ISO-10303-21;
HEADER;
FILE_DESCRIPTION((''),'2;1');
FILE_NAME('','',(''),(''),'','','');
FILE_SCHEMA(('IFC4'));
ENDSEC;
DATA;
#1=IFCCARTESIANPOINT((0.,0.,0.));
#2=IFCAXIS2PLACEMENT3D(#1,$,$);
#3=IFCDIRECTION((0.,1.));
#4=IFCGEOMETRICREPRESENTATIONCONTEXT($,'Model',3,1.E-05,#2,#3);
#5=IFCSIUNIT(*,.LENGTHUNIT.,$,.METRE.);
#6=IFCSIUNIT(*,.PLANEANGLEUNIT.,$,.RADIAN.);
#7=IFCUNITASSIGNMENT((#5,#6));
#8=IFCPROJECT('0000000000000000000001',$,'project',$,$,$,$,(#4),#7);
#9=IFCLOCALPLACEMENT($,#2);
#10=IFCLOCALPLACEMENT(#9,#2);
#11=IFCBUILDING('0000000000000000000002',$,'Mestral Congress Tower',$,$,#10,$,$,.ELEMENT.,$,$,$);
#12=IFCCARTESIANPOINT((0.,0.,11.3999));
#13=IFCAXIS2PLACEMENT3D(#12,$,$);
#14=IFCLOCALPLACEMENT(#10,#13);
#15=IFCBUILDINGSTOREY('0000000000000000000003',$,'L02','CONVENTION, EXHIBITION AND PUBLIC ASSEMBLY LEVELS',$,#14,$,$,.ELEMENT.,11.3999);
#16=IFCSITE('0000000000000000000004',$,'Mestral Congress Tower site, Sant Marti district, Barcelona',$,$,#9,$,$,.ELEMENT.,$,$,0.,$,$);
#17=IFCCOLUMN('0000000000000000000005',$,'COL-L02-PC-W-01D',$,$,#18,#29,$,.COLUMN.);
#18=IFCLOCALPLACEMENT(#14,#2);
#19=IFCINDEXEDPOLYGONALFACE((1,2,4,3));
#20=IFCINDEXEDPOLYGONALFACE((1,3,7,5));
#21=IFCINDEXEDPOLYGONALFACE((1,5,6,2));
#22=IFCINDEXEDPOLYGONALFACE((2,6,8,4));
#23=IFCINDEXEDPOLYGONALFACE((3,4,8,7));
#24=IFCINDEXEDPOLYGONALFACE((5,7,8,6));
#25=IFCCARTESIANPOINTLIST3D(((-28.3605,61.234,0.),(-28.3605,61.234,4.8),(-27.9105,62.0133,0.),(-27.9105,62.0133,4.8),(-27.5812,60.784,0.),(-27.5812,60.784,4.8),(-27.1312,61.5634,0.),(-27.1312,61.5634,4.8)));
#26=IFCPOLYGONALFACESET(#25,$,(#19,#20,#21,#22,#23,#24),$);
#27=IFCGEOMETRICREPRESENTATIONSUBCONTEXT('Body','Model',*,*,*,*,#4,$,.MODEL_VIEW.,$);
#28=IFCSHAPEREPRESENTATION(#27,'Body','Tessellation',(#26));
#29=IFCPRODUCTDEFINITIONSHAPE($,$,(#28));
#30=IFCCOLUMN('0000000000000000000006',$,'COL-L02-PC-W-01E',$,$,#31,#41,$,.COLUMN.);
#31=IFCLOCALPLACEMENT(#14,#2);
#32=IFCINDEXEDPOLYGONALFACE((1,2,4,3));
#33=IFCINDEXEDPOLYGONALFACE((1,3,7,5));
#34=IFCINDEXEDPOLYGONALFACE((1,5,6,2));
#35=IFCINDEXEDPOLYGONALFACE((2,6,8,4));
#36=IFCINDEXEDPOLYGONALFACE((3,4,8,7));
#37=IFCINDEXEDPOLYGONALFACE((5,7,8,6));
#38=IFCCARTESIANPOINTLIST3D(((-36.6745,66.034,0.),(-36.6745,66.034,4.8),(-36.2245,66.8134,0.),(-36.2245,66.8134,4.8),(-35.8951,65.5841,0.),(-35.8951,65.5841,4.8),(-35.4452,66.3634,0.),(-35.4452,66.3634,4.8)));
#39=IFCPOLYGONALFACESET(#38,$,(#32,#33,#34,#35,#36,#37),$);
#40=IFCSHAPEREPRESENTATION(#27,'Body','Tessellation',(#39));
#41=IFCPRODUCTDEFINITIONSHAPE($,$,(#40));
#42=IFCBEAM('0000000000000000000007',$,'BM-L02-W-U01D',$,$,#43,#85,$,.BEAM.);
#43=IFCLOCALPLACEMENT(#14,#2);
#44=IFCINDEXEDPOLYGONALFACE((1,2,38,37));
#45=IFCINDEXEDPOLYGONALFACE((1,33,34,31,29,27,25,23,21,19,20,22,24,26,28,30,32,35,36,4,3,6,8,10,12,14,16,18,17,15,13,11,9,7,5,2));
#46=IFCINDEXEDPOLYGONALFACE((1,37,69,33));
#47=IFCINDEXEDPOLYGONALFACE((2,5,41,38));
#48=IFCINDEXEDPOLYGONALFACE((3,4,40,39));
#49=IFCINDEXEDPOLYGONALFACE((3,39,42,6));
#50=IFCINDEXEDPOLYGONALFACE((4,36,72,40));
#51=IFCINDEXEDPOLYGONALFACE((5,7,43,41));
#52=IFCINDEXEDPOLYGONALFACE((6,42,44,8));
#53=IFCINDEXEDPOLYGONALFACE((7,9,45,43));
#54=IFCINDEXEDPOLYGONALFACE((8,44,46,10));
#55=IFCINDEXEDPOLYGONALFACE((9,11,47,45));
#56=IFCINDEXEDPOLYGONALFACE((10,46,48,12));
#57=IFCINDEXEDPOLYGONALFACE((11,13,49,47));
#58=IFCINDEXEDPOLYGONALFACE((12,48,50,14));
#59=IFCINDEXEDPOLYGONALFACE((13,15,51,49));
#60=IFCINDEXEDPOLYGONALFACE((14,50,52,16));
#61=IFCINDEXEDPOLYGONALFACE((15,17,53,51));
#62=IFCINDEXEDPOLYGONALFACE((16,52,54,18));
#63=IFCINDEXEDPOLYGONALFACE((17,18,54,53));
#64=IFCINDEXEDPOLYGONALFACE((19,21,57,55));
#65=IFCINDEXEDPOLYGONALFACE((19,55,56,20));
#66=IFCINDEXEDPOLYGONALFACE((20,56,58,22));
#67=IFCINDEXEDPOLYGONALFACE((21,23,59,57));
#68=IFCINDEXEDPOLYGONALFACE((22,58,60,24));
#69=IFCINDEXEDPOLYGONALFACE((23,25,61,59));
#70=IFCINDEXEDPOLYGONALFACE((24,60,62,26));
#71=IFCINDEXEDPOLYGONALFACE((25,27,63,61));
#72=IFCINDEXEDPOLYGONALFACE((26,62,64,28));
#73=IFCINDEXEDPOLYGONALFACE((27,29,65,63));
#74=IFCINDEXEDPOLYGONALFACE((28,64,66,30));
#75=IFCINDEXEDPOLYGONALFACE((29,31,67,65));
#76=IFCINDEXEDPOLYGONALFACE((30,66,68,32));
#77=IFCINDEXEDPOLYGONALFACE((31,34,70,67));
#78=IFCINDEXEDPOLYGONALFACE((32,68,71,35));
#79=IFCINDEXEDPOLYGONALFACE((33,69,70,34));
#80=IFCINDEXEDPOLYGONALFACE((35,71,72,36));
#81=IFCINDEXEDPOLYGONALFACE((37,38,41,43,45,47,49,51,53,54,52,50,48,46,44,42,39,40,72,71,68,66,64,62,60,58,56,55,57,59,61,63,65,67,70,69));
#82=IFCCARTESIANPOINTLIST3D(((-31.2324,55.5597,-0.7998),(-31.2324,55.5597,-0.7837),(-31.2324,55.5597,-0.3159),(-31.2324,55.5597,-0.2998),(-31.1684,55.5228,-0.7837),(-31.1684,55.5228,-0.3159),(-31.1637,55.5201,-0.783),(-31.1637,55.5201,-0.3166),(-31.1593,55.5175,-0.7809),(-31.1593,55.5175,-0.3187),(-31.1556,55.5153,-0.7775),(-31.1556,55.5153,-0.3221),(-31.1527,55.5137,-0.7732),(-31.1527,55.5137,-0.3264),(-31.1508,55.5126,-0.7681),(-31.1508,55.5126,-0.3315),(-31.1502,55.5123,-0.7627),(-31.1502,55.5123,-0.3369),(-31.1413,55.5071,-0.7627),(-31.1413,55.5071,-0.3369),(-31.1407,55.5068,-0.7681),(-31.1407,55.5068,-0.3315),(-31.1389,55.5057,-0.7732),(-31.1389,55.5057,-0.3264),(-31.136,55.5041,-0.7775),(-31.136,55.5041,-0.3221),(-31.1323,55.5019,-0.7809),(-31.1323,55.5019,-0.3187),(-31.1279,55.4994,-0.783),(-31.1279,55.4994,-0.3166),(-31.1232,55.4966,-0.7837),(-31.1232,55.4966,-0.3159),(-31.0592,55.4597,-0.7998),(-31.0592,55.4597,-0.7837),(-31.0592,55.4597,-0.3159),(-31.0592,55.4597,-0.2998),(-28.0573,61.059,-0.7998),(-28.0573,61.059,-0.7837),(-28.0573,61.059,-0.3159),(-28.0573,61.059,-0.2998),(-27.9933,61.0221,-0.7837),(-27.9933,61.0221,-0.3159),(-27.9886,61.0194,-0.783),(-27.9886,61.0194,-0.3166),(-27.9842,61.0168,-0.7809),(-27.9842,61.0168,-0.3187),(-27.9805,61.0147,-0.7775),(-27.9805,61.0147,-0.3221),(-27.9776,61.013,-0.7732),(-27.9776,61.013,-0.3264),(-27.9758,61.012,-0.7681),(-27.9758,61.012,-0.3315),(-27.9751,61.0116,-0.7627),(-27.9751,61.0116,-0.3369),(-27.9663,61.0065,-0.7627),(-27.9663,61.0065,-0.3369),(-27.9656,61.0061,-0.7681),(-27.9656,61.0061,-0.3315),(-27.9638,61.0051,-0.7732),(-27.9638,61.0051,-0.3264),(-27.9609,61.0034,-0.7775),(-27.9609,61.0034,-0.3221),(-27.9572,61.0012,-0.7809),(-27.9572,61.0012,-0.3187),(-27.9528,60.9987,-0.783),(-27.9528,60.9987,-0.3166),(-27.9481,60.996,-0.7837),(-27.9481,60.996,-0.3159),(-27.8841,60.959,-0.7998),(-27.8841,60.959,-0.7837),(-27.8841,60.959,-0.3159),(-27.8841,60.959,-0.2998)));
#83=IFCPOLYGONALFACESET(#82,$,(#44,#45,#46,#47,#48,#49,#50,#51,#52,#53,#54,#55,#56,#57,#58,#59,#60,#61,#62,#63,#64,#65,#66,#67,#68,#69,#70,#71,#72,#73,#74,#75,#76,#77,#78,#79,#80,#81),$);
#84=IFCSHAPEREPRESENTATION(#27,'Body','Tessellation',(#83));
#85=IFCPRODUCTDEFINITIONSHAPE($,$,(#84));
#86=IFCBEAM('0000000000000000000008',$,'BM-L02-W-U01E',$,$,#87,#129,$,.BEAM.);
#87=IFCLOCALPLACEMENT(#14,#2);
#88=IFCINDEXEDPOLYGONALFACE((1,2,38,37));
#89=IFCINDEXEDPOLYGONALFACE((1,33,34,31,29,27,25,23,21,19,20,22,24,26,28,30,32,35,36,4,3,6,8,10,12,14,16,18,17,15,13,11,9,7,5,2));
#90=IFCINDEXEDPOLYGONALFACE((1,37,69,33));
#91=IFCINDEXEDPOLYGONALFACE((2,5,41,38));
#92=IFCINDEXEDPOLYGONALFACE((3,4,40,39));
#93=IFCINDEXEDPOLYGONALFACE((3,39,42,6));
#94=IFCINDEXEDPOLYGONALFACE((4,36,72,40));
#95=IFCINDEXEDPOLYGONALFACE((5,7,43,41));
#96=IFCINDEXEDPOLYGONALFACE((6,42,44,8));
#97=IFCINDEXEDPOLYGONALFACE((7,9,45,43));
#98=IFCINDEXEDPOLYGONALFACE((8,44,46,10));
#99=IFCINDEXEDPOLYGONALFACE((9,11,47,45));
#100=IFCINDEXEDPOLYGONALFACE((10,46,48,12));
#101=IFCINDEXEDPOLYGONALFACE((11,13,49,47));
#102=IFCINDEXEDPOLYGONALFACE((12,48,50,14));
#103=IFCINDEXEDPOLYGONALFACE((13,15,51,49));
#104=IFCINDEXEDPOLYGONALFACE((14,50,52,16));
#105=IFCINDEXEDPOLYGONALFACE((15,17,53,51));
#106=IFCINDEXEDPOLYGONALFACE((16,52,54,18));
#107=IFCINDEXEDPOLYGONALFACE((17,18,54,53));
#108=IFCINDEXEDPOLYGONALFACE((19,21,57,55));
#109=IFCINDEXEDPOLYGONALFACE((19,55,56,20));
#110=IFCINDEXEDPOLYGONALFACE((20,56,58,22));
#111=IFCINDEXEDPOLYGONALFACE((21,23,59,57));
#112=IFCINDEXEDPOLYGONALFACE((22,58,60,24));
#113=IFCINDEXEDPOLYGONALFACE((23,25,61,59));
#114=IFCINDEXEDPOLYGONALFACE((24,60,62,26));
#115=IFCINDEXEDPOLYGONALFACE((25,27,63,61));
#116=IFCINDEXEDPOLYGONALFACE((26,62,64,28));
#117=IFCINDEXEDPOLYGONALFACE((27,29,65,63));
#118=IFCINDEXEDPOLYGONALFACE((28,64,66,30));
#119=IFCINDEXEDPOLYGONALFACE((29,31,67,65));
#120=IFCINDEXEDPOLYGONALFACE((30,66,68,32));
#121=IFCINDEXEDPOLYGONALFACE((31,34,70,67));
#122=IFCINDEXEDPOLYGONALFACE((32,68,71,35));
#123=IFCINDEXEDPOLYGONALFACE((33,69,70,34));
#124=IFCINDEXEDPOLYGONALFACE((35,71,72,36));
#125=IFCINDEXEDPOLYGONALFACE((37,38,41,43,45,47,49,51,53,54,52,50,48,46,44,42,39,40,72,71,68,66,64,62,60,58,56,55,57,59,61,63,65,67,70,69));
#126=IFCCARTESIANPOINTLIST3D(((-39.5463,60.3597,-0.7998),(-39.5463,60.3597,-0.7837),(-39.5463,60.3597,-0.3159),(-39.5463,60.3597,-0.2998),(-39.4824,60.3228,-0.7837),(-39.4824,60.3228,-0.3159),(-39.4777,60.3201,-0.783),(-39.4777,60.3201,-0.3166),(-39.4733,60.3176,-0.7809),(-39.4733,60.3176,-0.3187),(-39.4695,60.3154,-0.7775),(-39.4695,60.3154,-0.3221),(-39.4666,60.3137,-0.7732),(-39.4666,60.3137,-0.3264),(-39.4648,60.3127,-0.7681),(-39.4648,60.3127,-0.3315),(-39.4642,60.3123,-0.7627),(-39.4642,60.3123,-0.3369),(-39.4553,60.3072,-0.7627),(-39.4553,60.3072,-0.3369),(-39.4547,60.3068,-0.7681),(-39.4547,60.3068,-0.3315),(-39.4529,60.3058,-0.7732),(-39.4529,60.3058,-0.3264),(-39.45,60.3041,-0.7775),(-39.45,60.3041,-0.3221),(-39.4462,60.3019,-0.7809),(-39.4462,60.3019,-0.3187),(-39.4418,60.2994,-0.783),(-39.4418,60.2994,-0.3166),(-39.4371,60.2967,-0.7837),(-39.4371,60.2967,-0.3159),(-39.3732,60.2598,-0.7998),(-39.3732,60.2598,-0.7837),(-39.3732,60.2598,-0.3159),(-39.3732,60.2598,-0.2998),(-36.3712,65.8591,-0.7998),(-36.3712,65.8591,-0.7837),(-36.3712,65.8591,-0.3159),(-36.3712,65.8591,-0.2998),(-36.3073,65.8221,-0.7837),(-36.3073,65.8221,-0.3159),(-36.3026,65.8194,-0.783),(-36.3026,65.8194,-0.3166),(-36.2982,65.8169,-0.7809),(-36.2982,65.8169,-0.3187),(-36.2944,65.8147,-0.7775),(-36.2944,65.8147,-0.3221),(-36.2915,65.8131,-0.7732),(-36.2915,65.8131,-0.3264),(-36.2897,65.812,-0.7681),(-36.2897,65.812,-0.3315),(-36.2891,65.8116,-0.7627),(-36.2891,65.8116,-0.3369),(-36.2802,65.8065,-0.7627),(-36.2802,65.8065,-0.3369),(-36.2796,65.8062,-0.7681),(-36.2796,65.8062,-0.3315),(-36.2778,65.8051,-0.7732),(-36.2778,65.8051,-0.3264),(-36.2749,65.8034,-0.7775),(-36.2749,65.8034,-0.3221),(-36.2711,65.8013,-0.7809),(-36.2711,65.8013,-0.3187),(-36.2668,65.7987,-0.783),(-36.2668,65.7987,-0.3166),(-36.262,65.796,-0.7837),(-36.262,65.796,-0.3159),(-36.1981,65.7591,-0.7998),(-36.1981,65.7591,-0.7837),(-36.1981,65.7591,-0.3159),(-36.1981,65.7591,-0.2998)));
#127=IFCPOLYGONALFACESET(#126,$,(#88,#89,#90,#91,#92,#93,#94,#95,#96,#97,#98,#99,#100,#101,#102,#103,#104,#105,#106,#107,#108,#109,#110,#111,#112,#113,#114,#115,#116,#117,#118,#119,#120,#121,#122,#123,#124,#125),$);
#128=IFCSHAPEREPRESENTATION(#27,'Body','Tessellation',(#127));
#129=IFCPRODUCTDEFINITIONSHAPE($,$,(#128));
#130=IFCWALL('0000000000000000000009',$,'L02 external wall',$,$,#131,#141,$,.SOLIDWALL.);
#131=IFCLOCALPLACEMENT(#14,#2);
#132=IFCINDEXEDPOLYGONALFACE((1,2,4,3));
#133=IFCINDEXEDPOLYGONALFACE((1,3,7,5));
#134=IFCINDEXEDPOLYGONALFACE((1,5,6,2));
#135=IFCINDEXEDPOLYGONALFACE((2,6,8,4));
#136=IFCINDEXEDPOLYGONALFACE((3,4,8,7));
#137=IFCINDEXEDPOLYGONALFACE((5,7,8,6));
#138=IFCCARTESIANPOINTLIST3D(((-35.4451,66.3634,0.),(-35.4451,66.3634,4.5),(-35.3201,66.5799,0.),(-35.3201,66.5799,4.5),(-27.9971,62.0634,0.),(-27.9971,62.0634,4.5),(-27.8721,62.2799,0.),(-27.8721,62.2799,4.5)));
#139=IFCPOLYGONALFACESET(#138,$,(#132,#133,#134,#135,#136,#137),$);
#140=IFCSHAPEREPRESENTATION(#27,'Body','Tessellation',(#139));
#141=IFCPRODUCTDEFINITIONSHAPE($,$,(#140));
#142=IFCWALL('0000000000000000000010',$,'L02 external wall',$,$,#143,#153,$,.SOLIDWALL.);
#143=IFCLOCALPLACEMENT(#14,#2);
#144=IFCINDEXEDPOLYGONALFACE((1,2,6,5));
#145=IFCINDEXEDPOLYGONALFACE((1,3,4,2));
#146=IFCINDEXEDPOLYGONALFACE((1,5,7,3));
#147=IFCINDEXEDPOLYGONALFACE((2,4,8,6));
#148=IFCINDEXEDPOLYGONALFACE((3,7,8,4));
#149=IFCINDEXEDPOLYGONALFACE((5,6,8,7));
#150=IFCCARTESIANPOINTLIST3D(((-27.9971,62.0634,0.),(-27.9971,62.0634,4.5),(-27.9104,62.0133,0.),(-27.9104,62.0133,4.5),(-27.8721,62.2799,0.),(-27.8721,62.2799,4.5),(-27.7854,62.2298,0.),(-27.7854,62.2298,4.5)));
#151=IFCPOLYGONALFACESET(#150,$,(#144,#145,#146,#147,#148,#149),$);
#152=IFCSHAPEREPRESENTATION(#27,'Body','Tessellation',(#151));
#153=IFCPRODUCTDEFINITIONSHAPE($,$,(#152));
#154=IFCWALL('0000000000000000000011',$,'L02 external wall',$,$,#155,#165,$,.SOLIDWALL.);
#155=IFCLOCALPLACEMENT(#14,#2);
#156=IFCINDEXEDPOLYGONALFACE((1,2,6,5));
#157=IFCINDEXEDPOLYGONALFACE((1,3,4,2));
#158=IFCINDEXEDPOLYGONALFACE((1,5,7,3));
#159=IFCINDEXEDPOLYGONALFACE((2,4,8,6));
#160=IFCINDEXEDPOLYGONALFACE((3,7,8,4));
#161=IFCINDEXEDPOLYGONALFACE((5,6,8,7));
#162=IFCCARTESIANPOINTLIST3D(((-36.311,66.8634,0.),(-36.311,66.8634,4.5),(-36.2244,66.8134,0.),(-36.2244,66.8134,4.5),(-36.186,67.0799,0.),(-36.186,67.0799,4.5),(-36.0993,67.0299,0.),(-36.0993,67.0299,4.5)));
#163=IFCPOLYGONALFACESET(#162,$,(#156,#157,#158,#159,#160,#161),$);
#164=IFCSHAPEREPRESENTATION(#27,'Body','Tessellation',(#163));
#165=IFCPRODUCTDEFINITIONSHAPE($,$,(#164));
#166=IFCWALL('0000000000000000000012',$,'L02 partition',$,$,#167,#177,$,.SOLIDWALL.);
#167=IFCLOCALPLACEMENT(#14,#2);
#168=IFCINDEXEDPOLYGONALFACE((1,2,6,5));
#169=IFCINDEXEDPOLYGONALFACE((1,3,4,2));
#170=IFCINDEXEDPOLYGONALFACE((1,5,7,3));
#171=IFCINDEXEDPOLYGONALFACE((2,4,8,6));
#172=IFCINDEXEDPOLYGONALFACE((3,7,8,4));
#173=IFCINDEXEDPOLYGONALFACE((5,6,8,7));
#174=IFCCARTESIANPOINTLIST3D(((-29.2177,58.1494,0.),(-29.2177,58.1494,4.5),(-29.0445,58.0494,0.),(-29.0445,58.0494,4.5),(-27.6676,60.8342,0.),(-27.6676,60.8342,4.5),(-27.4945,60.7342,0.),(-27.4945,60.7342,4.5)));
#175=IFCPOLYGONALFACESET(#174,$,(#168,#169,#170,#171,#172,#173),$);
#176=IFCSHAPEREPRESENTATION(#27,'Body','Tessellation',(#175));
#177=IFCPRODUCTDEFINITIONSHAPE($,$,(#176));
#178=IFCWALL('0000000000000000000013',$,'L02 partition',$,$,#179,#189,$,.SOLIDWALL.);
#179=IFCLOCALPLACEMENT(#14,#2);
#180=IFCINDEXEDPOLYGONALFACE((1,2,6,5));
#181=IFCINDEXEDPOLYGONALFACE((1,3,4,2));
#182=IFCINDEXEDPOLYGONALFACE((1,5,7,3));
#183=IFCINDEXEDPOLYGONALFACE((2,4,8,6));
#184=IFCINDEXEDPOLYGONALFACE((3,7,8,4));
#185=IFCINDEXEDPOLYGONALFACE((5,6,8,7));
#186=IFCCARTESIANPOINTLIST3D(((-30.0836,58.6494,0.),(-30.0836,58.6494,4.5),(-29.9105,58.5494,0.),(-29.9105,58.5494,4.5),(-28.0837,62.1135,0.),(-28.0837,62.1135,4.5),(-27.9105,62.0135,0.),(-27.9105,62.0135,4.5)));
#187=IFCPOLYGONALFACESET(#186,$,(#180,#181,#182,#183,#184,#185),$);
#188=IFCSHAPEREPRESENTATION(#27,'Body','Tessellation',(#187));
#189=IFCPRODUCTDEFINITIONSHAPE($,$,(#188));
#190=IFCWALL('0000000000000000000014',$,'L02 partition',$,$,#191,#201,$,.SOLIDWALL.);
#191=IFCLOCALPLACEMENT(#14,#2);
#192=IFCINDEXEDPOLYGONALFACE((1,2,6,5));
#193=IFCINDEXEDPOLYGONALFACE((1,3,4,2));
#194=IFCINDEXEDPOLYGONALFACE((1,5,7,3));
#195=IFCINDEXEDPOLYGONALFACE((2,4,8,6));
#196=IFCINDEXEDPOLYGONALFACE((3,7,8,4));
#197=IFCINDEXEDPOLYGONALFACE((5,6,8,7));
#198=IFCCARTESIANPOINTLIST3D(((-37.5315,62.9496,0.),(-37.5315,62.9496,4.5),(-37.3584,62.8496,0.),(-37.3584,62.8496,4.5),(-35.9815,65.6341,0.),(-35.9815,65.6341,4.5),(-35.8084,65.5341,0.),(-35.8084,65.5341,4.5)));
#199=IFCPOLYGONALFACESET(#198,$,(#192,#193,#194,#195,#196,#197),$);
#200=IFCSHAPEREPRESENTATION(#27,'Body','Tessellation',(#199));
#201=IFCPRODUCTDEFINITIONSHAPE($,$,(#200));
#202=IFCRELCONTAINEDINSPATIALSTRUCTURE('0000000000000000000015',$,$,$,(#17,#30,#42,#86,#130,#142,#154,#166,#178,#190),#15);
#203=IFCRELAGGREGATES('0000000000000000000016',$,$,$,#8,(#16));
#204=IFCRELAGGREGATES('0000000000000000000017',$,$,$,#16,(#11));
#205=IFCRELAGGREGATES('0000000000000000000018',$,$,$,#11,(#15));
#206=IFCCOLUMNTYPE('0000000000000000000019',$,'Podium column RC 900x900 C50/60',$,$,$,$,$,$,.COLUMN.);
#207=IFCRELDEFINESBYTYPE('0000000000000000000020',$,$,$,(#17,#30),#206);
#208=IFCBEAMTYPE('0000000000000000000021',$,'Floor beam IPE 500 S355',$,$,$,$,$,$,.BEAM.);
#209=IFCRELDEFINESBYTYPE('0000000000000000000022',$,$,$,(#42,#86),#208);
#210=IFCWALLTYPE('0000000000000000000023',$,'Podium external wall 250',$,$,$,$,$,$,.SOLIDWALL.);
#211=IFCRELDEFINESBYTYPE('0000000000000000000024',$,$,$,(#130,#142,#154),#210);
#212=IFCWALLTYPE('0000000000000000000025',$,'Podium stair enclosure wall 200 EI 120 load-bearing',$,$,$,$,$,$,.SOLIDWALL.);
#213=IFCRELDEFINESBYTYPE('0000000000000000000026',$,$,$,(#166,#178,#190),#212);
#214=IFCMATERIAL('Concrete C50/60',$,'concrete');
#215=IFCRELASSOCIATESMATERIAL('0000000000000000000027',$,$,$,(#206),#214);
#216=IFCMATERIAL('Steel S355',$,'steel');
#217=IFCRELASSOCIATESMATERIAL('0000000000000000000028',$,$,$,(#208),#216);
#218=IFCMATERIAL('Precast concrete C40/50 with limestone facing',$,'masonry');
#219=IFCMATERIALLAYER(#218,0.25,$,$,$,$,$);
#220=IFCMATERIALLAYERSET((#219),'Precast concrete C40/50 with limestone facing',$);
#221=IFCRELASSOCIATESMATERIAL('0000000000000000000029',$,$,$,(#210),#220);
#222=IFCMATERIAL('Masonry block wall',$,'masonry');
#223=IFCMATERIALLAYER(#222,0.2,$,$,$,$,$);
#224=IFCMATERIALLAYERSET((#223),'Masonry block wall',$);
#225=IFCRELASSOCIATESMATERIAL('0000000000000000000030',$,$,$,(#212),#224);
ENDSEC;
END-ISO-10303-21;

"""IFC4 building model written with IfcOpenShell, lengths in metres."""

from ifc_helpers import new_model, si_unit, direction, frame, frame_2d, origin, origin_2d, place, context, subcontext, project, spatial, rectangle, i_section, extrude, material, layer, layer_set, material_profile, profile_set, type_object, element, save


model = new_model("IFC4")

# Units and contexts
model_context = context("Model", 3, precision=1e-05, world=origin(), true_north=direction((0.0, 1.0)))
body_context = subcontext(model_context, "Body", "Model", "MODEL_VIEW")
ifc_project = project(units=[si_unit("LENGTHUNIT", "METRE"), si_unit("PLANEANGLEUNIT", "RADIAN")], contexts=[model_context])

# Site, building, storey
site_placement = place(None, origin())
site = spatial("IfcSite", under=ifc_project, at=site_placement, Name="Mestral Congress Tower site, Sant Marti district, Barcelona", CompositionType="ELEMENT", RefElevation=0.0)
building_placement = place(site_placement, origin())
building = spatial("IfcBuilding", under=site, at=building_placement, Name="Mestral Congress Tower", CompositionType="ELEMENT")
storey_placement = place(building_placement, frame((0.0, 0.0, 11.3999)))
storey = spatial("IfcBuildingStorey", under=building, at=storey_placement, Name="L02", Description="CONVENTION, EXHIBITION AND PUBLIC ASSEMBLY LEVELS", CompositionType="ELEMENT", Elevation=11.3999)

# Columns
ifc_material_1 = material(Name="Concrete C50/60", Category="concrete")
ifc_material_profile_1 = material_profile(ifc_material_1, rectangle(XDim=0.8999, YDim=0.8999, at=origin_2d()), Name="RC 900x900")
ifc_profile_set_1 = profile_set([ifc_material_profile_1], Name="Concrete C50/60")
column_type = type_object("IfcColumnType", Name="Podium column RC 900x900 C50/60", PredefinedType="COLUMN", material=ifc_profile_set_1)
for number, where, z_axis, x_axis, name in (
    (1, (-27.7458, 61.3987, 0.0), (0.0, 0.0, 1.0), (-0.5, -0.866025, 0.0), "COL-L02-PC-W-01D"),
    (2, (-36.0598, 66.1987, 0.0), (0.0, 0.0, 1.0), (-0.5, -0.866025, 0.0), "COL-L02-PC-W-01E"),
):
    element("IfcColumn", number, at=place(storey_placement, frame(where, z_axis=z_axis, x_axis=x_axis)), inside=storey, type_object=column_type, Name=name, PredefinedType="COLUMN", context=body_context, shape_type="SweptSolid", body=[
        extrude(rectangle(XDim=0.8999, YDim=0.8999, at=origin_2d()), origin(), (0.0, 0.0, 1.0), 4.8),
    ])

# Beams
ifc_material_2 = material(Name="Steel S355", Category="steel")
ifc_material_profile_2 = material_profile(ifc_material_2, i_section(OverallWidth=0.2, OverallDepth=0.5, WebThickness=0.0103, FlangeThickness=0.0161, FilletRadius=0.021, at=origin_2d()), Name="IPE 500")
ifc_profile_set_2 = profile_set([ifc_material_profile_2], Name="Steel S355")
beam_type = type_object("IfcBeamType", Name="Floor beam IPE 500 S355", PredefinedType="BEAM", material=ifc_profile_set_2)
for number, where, z_axis, x_axis, name in (
    (3, (-27.9707, 61.009, -0.5498), (-0.500005, -0.866022, 0.0), (0.866022, -0.500005, 0.0), "BM-L02-W-U01D"),
    (4, (-36.2847, 65.8091, -0.5498), (-0.500005, -0.866022, 0.0), (0.866022, -0.500005, 0.0), "BM-L02-W-U01E"),
):
    element("IfcBeam", number, at=place(storey_placement, frame(where, z_axis=z_axis, x_axis=x_axis)), inside=storey, type_object=beam_type, Name=name, PredefinedType="BEAM", context=body_context, shape_type="SweptSolid", body=[
        extrude(i_section(OverallWidth=0.2, OverallDepth=0.5, WebThickness=0.0103, FlangeThickness=0.0161, FilletRadius=0.021, at=origin_2d()), origin(), (0.0, 0.0, 1.0), 6.3501),
    ])

# Walls
ifc_material_3 = material(Name="Precast concrete C40/50 with limestone facing", Category="masonry")
ifc_layer_1 = layer(ifc_material_3, 0.25)
ifc_layer_set_1 = layer_set([ifc_layer_1], Name="Precast concrete C40/50 with limestone facing")
wall_type_1 = type_object("IfcWallType", Name="Podium external wall 250", PredefinedType="SOLIDWALL", material=ifc_layer_set_1)
wall_1_placement = place(storey_placement, frame((-35.3826, 66.4717, 0.0), z_axis=(0.0, 0.0, 1.0), x_axis=(0.866028, -0.499995, 0.0)))
element("IfcWall", 5, at=wall_1_placement, inside=storey, type_object=wall_type_1, Name="L02 external wall", PredefinedType="SOLIDWALL", context=body_context, shape_type="SweptSolid", body=[
    extrude(rectangle(XDim=8.6001, YDim=0.25, at=frame_2d((4.3, 0.0))), origin(), (0.0, 0.0, 1.0), 4.5),
])
for number, where, z_axis, x_axis, name in (
    (6, (-27.9346, 62.1716, 0.0), (0.0, 0.0, 1.0), (0.865982, -0.500074, 0.0), "L02 external wall"),
    (7, (-36.2485, 66.9717, 0.0), (0.0, 0.0, 1.0), (0.865982, -0.500074, 0.0), "L02 external wall"),
):
    element("IfcWall", number, at=place(storey_placement, frame(where, z_axis=z_axis, x_axis=x_axis)), inside=storey, type_object=wall_type_1, Name=name, PredefinedType="SOLIDWALL", context=body_context, shape_type="SweptSolid", body=[
        extrude(rectangle(XDim=0.1001, YDim=0.25, at=frame_2d((0.05, 0.0))), origin(), (0.0, 0.0, 1.0), 4.5),
    ])
ifc_material_4 = material(Name="Masonry block wall", Category="masonry")
ifc_layer_2 = layer(ifc_material_4, 0.2)
ifc_layer_set_2 = layer_set([ifc_layer_2], Name="Masonry block wall")
wall_type_2 = type_object("IfcWallType", Name="Podium stair enclosure wall 200 EI 120 load-bearing", PredefinedType="SOLIDWALL", material=ifc_layer_set_2)
wall_2_placement = place(storey_placement, frame((-27.5811, 60.7842, 0.0), z_axis=(0.0, 0.0, 1.0), x_axis=(-0.499993, -0.86603, 0.0)))
element("IfcWall", 8, at=wall_2_placement, inside=storey, type_object=wall_type_2, Name="L02 partition", PredefinedType="SOLIDWALL", context=body_context, shape_type="SweptSolid", body=[
    extrude(rectangle(XDim=3.1001, YDim=0.2, at=frame_2d((1.55, 0.0))), origin(), (0.0, 0.0, 1.0), 4.5),
])
wall_3_placement = place(storey_placement, frame((-27.9971, 62.0635, 0.0), z_axis=(0.0, 0.0, 1.0), x_axis=(-0.499999, -0.866026, 0.0)))
element("IfcWall", 9, at=wall_3_placement, inside=storey, type_object=wall_type_2, Name="L02 partition", PredefinedType="SOLIDWALL", context=body_context, shape_type="SweptSolid", body=[
    extrude(rectangle(XDim=4.0, YDim=0.2, at=frame_2d((2.0, 0.0))), origin(), (0.0, 0.0, 1.0), 4.5),
])
wall_4_placement = place(storey_placement, frame((-35.895, 65.584, 0.0), z_axis=(0.0, 0.0, 1.0), x_axis=(-0.500027, -0.86601, 0.0)))
element("IfcWall", 10, at=wall_4_placement, inside=storey, type_object=wall_type_2, Name="L02 partition", PredefinedType="SOLIDWALL", context=body_context, shape_type="SweptSolid", body=[
    extrude(rectangle(XDim=3.0999, YDim=0.2, at=frame_2d((1.5498, 0.0))), origin(), (0.0, 0.0, 1.0), 4.5),
])

save(model, "model.ifc")
